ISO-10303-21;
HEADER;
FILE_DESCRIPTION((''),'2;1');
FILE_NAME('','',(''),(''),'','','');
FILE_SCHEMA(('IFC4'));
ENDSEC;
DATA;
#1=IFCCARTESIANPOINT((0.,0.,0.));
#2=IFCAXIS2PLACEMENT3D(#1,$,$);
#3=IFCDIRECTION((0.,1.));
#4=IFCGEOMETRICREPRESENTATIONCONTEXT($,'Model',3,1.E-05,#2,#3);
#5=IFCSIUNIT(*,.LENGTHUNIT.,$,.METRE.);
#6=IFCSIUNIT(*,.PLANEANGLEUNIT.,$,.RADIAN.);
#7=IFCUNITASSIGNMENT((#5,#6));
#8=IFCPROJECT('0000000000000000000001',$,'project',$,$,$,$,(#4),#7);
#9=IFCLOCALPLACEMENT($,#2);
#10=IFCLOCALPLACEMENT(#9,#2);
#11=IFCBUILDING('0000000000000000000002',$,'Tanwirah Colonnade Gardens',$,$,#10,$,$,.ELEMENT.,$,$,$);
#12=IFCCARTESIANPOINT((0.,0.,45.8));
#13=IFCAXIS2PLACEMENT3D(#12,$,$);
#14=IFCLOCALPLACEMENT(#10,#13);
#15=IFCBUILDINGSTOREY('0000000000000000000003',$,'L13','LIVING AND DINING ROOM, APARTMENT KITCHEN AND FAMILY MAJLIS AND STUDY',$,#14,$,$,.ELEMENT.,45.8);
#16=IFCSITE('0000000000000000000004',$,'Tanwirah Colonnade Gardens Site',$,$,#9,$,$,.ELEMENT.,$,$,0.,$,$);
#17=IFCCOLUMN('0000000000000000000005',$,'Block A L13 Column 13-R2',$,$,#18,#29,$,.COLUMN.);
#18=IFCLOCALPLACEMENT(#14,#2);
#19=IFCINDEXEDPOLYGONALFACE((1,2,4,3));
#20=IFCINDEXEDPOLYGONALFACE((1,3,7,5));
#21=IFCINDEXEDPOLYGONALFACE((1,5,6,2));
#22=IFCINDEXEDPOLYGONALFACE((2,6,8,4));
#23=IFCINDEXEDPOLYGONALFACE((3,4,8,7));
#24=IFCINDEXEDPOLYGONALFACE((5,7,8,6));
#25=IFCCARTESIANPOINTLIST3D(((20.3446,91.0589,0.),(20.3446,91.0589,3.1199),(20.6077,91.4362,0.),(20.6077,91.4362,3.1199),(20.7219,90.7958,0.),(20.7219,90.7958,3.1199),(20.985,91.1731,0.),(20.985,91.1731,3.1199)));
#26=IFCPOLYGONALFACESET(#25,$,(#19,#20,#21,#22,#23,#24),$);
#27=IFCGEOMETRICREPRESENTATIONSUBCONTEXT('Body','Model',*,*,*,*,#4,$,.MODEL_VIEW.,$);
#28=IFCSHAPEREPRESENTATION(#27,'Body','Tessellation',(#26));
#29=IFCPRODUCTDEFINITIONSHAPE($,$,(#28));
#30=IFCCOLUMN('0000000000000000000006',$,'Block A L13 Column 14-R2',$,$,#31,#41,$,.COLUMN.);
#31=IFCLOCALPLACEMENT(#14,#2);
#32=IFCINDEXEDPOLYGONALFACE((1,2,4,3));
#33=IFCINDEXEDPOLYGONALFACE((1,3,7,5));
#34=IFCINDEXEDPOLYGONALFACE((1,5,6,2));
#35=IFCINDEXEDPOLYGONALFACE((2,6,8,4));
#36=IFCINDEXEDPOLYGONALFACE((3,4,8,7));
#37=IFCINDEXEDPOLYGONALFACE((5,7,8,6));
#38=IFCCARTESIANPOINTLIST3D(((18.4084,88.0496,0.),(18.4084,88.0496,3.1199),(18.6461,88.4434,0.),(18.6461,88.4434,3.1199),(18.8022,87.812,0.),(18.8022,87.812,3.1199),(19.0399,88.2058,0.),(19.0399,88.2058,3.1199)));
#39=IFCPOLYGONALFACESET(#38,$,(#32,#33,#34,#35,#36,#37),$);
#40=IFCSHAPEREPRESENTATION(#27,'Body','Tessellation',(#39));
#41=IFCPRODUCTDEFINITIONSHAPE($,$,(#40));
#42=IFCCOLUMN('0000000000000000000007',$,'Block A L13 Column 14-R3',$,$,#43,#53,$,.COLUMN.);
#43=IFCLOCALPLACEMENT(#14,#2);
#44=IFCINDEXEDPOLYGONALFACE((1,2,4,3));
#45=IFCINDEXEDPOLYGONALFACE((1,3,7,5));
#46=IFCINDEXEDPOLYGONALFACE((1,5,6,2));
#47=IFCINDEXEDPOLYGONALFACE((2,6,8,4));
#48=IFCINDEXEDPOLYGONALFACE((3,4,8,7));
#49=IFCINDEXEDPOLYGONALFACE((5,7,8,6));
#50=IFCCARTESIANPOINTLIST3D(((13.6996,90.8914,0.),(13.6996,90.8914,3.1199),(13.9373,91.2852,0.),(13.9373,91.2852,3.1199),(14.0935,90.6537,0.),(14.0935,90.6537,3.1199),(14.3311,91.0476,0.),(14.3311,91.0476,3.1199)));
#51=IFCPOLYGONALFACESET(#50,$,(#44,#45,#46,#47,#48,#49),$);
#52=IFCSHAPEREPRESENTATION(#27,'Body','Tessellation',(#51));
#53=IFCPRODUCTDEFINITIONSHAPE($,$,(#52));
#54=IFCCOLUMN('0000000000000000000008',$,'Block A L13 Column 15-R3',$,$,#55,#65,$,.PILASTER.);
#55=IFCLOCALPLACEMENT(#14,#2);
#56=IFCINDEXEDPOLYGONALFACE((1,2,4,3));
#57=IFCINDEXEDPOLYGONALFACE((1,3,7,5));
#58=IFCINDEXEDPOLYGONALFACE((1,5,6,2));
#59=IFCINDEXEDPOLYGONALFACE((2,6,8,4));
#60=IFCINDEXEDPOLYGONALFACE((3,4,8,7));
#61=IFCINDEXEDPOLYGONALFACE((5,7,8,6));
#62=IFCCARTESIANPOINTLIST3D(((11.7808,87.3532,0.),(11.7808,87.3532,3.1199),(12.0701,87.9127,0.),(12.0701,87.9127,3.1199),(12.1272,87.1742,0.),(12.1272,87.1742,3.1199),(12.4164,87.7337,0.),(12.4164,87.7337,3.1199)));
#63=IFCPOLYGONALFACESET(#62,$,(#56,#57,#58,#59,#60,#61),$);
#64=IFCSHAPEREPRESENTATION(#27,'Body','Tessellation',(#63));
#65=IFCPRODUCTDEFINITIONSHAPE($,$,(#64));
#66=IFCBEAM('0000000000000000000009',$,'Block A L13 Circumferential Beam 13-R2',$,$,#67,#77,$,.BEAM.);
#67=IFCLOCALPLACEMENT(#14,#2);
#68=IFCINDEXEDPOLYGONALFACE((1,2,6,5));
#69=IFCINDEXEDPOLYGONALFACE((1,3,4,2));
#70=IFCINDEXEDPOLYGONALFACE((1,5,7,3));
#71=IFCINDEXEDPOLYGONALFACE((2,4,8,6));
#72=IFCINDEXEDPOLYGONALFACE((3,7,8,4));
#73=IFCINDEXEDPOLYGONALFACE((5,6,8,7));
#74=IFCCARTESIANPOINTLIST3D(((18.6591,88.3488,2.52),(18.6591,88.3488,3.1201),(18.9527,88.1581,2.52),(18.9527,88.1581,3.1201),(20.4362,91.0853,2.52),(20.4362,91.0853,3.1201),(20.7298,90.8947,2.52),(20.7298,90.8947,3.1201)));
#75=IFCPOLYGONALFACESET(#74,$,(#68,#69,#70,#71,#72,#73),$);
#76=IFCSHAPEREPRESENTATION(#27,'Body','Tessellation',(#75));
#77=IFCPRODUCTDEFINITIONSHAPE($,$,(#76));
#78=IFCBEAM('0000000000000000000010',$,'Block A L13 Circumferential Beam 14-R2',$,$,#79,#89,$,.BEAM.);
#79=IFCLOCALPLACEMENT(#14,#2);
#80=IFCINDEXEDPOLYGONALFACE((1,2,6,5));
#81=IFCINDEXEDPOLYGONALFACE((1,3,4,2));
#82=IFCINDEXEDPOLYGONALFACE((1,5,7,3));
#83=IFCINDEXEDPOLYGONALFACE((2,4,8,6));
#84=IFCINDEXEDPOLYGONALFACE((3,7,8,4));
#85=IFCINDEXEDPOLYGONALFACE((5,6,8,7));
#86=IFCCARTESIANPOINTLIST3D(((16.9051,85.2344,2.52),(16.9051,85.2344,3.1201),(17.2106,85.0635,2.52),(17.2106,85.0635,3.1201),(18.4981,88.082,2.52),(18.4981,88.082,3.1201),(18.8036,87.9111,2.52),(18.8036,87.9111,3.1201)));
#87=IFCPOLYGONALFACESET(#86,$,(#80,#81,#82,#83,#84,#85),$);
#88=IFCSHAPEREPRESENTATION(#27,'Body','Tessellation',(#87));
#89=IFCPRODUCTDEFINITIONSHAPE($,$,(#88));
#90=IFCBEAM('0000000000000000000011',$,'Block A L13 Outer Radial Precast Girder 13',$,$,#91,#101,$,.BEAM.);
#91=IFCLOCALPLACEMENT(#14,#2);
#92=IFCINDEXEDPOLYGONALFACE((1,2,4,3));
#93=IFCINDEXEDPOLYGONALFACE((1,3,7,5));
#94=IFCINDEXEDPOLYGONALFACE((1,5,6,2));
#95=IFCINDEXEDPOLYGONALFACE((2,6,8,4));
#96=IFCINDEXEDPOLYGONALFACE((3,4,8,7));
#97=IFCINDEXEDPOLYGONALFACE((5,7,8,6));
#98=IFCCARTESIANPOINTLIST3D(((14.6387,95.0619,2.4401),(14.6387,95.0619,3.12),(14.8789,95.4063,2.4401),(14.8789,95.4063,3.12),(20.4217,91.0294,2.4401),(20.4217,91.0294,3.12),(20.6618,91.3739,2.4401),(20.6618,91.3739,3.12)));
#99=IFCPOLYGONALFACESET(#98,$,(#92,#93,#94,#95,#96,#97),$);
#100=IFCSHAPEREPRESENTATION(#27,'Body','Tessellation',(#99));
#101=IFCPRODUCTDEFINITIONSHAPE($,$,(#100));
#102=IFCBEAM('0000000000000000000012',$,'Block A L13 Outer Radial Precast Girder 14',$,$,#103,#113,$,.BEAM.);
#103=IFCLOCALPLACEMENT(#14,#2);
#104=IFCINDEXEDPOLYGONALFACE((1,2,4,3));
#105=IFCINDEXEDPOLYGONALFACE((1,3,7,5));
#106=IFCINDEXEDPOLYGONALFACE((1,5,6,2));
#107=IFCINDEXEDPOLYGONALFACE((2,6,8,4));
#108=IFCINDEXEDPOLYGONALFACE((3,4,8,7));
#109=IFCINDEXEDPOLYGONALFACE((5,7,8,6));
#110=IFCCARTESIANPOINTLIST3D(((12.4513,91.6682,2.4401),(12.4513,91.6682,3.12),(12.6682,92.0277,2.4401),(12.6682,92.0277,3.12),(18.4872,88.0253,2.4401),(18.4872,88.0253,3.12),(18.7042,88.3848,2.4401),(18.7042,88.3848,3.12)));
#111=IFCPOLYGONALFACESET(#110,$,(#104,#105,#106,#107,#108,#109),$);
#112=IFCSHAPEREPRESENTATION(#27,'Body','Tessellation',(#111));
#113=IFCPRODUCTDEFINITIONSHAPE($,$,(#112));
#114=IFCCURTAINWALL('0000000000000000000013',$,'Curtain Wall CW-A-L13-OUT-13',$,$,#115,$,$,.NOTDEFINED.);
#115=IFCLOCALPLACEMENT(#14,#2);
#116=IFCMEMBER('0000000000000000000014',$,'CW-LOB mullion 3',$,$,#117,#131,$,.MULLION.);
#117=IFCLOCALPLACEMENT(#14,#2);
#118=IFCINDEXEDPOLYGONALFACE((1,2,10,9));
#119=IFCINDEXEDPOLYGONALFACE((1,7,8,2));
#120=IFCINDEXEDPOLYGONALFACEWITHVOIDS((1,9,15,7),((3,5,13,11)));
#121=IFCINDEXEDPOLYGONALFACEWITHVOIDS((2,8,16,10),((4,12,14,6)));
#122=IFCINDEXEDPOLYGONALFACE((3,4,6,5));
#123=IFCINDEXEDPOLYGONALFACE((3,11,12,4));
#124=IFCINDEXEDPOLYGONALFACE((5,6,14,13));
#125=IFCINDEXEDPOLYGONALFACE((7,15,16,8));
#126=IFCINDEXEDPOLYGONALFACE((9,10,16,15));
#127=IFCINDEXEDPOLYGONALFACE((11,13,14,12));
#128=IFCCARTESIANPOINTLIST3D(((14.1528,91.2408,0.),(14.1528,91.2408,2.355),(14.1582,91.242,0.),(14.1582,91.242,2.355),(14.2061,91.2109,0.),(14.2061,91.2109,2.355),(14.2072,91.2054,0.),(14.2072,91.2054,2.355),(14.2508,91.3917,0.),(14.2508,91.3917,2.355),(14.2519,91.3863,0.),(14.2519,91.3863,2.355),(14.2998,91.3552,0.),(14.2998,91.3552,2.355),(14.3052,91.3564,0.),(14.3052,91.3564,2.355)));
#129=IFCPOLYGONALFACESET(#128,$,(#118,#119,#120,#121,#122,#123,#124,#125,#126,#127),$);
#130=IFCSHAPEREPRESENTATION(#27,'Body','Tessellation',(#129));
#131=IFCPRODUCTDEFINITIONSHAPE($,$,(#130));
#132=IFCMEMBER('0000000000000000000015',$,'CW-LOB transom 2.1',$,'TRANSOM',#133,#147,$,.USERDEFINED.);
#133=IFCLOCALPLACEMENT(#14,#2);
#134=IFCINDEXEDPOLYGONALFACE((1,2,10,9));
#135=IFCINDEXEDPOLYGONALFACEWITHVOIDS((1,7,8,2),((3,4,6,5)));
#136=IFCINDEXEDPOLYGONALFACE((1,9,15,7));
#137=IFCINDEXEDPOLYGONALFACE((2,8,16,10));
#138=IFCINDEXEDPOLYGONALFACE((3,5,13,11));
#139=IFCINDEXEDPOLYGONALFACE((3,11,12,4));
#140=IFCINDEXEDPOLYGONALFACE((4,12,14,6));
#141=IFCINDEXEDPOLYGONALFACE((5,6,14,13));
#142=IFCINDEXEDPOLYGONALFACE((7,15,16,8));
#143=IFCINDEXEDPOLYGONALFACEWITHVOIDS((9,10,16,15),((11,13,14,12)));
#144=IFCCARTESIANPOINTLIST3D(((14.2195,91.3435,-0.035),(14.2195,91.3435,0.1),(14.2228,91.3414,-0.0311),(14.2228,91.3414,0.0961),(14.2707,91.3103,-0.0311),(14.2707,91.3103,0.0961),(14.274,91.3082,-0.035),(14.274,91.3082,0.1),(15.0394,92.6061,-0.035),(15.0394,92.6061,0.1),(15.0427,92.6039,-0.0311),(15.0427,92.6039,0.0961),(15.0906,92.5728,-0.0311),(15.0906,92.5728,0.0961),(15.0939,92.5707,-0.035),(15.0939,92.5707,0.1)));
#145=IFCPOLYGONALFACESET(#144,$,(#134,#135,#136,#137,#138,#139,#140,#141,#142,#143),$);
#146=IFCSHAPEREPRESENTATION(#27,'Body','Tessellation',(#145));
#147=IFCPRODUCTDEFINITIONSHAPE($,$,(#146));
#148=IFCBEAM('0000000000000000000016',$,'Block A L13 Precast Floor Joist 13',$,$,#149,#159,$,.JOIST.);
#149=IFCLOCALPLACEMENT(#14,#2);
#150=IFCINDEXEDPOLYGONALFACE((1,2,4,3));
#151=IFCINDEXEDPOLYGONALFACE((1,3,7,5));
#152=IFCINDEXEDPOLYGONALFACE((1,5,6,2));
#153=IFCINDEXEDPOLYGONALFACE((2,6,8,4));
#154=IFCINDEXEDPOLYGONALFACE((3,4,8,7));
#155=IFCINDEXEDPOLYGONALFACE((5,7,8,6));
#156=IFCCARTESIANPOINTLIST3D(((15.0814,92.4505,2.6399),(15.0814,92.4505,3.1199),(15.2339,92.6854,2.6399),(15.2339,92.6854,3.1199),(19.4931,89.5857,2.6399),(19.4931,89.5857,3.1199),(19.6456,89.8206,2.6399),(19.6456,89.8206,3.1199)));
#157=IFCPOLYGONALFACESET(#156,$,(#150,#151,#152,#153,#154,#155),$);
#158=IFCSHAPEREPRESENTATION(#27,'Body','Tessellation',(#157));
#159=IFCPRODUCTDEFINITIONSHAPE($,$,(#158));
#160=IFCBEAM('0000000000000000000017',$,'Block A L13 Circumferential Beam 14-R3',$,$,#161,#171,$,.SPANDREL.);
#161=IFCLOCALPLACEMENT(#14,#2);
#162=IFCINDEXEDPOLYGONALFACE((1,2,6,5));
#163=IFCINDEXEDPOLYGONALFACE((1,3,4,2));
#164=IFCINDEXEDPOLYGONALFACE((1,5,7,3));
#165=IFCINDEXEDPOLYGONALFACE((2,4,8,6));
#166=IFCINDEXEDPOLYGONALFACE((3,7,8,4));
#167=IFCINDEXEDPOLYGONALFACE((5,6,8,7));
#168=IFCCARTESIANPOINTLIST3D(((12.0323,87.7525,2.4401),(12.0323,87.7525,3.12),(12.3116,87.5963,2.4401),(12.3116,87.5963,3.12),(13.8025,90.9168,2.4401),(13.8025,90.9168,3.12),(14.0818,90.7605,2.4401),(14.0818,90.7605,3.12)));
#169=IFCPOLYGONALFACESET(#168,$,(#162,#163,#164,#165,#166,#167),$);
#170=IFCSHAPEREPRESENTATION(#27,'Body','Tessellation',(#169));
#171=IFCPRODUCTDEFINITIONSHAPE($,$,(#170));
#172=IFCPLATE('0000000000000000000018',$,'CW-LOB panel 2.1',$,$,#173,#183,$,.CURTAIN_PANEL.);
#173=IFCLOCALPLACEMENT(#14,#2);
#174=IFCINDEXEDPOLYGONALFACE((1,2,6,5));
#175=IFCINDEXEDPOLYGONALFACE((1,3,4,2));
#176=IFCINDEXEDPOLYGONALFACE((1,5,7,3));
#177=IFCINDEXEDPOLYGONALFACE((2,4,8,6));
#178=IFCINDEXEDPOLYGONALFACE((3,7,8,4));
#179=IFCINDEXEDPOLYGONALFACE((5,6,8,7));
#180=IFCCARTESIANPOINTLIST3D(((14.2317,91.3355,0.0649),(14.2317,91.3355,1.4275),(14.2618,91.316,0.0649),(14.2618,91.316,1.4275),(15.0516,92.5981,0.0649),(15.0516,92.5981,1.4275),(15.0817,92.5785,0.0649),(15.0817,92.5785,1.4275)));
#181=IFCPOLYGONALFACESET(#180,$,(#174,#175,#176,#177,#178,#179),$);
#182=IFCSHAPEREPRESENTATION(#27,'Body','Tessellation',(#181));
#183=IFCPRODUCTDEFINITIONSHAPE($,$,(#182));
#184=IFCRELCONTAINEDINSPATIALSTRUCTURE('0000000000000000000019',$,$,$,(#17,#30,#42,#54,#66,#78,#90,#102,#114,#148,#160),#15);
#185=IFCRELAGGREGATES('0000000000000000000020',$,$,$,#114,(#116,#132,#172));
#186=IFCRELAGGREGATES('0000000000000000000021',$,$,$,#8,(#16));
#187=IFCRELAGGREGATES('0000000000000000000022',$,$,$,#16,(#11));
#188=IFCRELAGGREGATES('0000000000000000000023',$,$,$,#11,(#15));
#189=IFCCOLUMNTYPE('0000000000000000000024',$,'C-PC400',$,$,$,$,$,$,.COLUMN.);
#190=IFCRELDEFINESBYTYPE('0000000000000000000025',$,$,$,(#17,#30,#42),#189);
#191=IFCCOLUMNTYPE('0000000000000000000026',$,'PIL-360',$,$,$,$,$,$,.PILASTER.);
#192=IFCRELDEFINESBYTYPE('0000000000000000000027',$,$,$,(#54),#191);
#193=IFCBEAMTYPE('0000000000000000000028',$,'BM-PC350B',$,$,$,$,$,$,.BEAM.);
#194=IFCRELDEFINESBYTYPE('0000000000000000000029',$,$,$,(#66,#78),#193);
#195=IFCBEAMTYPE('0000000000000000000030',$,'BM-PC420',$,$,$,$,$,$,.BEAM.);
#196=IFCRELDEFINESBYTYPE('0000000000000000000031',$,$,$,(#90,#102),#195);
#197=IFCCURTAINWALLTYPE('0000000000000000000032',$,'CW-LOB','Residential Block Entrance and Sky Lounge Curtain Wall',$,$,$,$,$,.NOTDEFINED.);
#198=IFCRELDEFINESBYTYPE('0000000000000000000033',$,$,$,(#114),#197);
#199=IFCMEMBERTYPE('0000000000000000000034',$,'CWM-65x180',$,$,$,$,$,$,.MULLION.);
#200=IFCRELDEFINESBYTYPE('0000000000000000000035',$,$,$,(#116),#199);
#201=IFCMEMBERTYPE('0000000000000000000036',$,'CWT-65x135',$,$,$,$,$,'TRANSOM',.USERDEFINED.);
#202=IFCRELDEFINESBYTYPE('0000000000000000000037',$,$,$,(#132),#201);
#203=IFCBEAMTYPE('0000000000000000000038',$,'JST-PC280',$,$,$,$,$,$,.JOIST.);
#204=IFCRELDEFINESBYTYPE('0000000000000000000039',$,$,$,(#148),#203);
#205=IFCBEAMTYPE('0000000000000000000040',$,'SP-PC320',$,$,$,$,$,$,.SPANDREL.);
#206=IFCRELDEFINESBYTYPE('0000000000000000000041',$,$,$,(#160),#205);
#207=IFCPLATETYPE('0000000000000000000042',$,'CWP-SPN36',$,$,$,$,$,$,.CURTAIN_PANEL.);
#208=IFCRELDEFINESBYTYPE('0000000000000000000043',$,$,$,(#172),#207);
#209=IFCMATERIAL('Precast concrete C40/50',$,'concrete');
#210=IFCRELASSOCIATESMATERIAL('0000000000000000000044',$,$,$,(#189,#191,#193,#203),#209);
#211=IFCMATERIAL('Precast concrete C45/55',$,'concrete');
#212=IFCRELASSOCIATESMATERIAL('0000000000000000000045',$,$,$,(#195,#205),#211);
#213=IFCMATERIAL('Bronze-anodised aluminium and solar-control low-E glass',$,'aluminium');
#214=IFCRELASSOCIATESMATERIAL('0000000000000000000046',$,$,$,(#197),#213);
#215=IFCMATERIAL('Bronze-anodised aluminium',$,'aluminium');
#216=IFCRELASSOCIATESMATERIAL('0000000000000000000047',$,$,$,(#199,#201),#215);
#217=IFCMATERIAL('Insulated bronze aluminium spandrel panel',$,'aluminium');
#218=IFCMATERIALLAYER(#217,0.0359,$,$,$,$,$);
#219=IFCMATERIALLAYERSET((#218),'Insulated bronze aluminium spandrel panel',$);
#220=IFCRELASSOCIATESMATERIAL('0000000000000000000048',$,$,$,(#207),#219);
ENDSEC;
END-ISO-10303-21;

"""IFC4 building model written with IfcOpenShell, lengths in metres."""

from ifc_helpers import new_model, si_unit, direction, frame, origin, origin_2d, place, context, subcontext, project, spatial, rectangle, hollow_rectangle, extrude, material, layer, layer_set, material_profile, profile_set, type_object, element, aggregate, save


model = new_model("IFC4")

# Units and contexts
model_context = context("Model", 3, precision=1e-05, world=origin(), true_north=direction((0.0, 1.0)))
body_context = subcontext(model_context, "Body", "Model", "MODEL_VIEW")
ifc_project = project(units=[si_unit("LENGTHUNIT", "METRE"), si_unit("PLANEANGLEUNIT", "RADIAN")], contexts=[model_context])

# Site, building, storey
site_placement = place(None, origin())
site = spatial("IfcSite", under=ifc_project, at=site_placement, Name="Tanwirah Colonnade Gardens Site", CompositionType="ELEMENT", RefElevation=0.0)
building_placement = place(site_placement, origin())
building = spatial("IfcBuilding", under=site, at=building_placement, Name="Tanwirah Colonnade Gardens", CompositionType="ELEMENT")
storey_placement = place(building_placement, frame((0.0, 0.0, 45.8)))
storey = spatial("IfcBuildingStorey", under=building, at=storey_placement, Name="L13", Description="LIVING AND DINING ROOM, APARTMENT KITCHEN AND FAMILY MAJLIS AND STUDY", CompositionType="ELEMENT", Elevation=45.8)

# Columns
ifc_material_1 = material(Name="Precast concrete C40/50", Category="concrete")
ifc_material_profile_1 = material_profile(ifc_material_1, rectangle(XDim=0.46, YDim=0.46, at=origin_2d()), Name="PC-COL 460x460")
ifc_profile_set_1 = profile_set([ifc_material_profile_1], Name="Precast concrete C40/50")
column_type_1 = type_object("IfcColumnType", Name="C-PC400", PredefinedType="COLUMN", material=ifc_profile_set_1)
for number, where, z_axis, x_axis, name in (
    (1, (20.6648, 91.116, 0.0), (0.0, 0.0, 1.0), (-0.820263, 0.571987, 0.0), "Block A L13 Column 13-R2"),
    (2, (18.7241, 88.1277, 0.0), (0.0, 0.0, 1.0), (-0.856167, 0.516699, 0.0), "Block A L13 Column 14-R2"),
    (3, (14.0154, 90.9695, 0.0), (0.0, 0.0, 1.0), (-0.856167, 0.516699, 0.0), "Block A L13 Column 14-R3"),
):
    element("IfcColumn", number, at=place(storey_placement, frame(where, z_axis=z_axis, x_axis=x_axis)), inside=storey, type_object=column_type_1, Name=name, PredefinedType="COLUMN", context=body_context, shape_type="SweptSolid", body=[
        extrude(rectangle(XDim=0.46, YDim=0.46, at=origin_2d()), origin(), (0.0, 0.0, 1.0), 3.1199),
    ])
ifc_material_profile_2 = material_profile(ifc_material_1, rectangle(XDim=0.3899, YDim=0.6299, at=origin_2d()), Name="PC-PIL 390x630")
ifc_profile_set_2 = profile_set([ifc_material_profile_2], Name="Precast concrete C40/50")
column_type_2 = type_object("IfcColumnType", Name="PIL-360", PredefinedType="PILASTER", material=ifc_profile_set_2)
column_placement = place(storey_placement, frame((12.0986, 87.5435, 0.0), z_axis=(0.0, 0.0, 1.0), x_axis=(-0.88835, 0.459166, 0.0)))
element("IfcColumn", 4, at=column_placement, inside=storey, type_object=column_type_2, Name="Block A L13 Column 15-R3", PredefinedType="PILASTER", context=body_context, shape_type="SweptSolid", body=[
    extrude(rectangle(XDim=0.3899, YDim=0.6299, at=origin_2d()), origin(), (0.0, 0.0, 1.0), 3.1199),
])

# Beams
ifc_material_profile_3 = material_profile(ifc_material_1, rectangle(XDim=0.3501, YDim=0.6001, at=origin_2d()), Name="PC-BM 350x600")
ifc_profile_set_3 = profile_set([ifc_material_profile_3], Name="Precast concrete C40/50")
beam_type_1 = type_object("IfcBeamType", Name="BM-PC350B", PredefinedType="BEAM", material=ifc_profile_set_3)
for number, where, z_axis, x_axis, name in (
    (5, (20.583, 90.99, 2.8201), (-0.544628, -0.838678, 0.0), (0.838678, -0.544628, 0.0), "Block A L13 Circumferential Beam 13-R2"),
    (6, (18.6509, 87.9966, 2.8201), (-0.488214, -0.872724, 0.0), (0.872724, -0.488214, 0.0), "Block A L13 Circumferential Beam 14-R2"),
):
    element("IfcBeam", number, at=place(storey_placement, frame(where, z_axis=z_axis, x_axis=x_axis)), inside=storey, type_object=beam_type_1, Name=name, PredefinedType="BEAM", context=body_context, shape_type="SweptSolid", body=[
        extrude(rectangle(XDim=0.3501, YDim=0.6001, at=origin_2d()), origin(), (0.0, 0.0, 1.0), 3.2629),
    ])
ifc_material_2 = material(Name="Precast concrete C45/55", Category="concrete")
ifc_material_profile_4 = material_profile(ifc_material_2, rectangle(XDim=0.4199, YDim=0.6799, at=origin_2d()), Name="PC-BM 420x680")
ifc_profile_set_4 = profile_set([ifc_material_profile_4], Name="Precast concrete C45/55")
beam_type_2 = type_object("IfcBeamType", Name="BM-PC420", PredefinedType="BEAM", material=ifc_profile_set_4)
for number, where, z_axis, x_axis, name in (
    (7, (20.5417, 91.2017, 2.78), (-0.82027, 0.571976, 0.0), (-0.571976, -0.82027, 0.0), "Block A L13 Outer Radial Precast Girder 13"),
    (8, (18.5957, 88.2051, 2.78), (-0.856158, 0.516714, 0.0), (-0.516714, -0.856158, 0.0), "Block A L13 Outer Radial Precast Girder 14"),
):
    element("IfcBeam", number, at=place(storey_placement, frame(where, z_axis=z_axis, x_axis=x_axis)), inside=storey, type_object=beam_type_2, Name=name, PredefinedType="BEAM", context=body_context, shape_type="SweptSolid", body=[
        extrude(rectangle(XDim=0.4199, YDim=0.6799, at=origin_2d()), origin(), (0.0, 0.0, 1.0), 7.05),
    ])

# Curtain wall, members
ifc_material_3 = material(Name="Bronze-anodised aluminium and solar-control low-E glass", Category="aluminium")
curtain_wall_type = type_object("IfcCurtainWallType", Name="CW-LOB", Description="Residential Block Entrance and Sky Lounge Curtain Wall", PredefinedType="NOTDEFINED", material=ifc_material_3)
curtain_wall_placement = place(storey_placement, origin())
curtain_wall = element("IfcCurtainWall", 9, at=curtain_wall_placement, inside=storey, type_object=curtain_wall_type, Name="Curtain Wall CW-A-L13-OUT-13", PredefinedType="NOTDEFINED")
ifc_material_4 = material(Name="Bronze-anodised aluminium", Category="aluminium")
ifc_material_profile_5 = material_profile(ifc_material_4, hollow_rectangle(XDim=0.0649, YDim=0.1799, WallThickness=0.0039, at=origin_2d()), Name="CW-MUL 65x180x4")
ifc_profile_set_5 = profile_set([ifc_material_profile_5], Name="Bronze-anodised aluminium")
member_type_1 = type_object("IfcMemberType", Name="CWM-65x180", PredefinedType="MULLION", material=ifc_profile_set_5)
member_1_placement = place(storey_placement, frame((14.229, 91.2986, 0.0), z_axis=(0.0, 0.0, 1.0), x_axis=(0.83867, -0.54464, 0.0)))
member_1 = element("IfcMember", 10, at=member_1_placement, type_object=member_type_1, Name="CW-LOB mullion 3", PredefinedType="MULLION", context=body_context, shape_type="SweptSolid", body=[
    extrude(hollow_rectangle(XDim=0.0649, YDim=0.1799, WallThickness=0.0039, at=origin_2d()), origin(), (0.0, 0.0, 1.0), 2.355),
])
ifc_material_profile_6 = material_profile(ifc_material_4, hollow_rectangle(XDim=0.0649, YDim=0.135, WallThickness=0.0039, at=origin_2d()), Name="CW-TRN 65x135x4")
ifc_profile_set_6 = profile_set([ifc_material_profile_6], Name="Bronze-anodised aluminium")
member_type_2 = type_object("IfcMemberType", Name="CWT-65x135", ElementType="TRANSOM", PredefinedType="USERDEFINED", material=ifc_profile_set_6)
member_2_placement = place(storey_placement, frame((15.0667, 92.5884, 0.0325), z_axis=(-0.544629, -0.838677, 0.0), x_axis=(0.838677, -0.544629, 0.0)))
member_2 = element("IfcMember", 11, at=member_2_placement, type_object=member_type_2, Name="CW-LOB transom 2.1", ObjectType="TRANSOM", PredefinedType="USERDEFINED", context=body_context, shape_type="SweptSolid", body=[
    extrude(hollow_rectangle(XDim=0.0649, YDim=0.135, WallThickness=0.0039, at=origin_2d()), origin(), (0.0, 0.0, 1.0), 1.5054),
])

# Beams
ifc_material_profile_7 = material_profile(ifc_material_1, rectangle(XDim=0.28, YDim=0.48, at=origin_2d()), Name="PC-JST 280x480")
ifc_profile_set_7 = profile_set([ifc_material_profile_7], Name="Precast concrete C40/50")
beam_type_3 = type_object("IfcBeamType", Name="JST-PC280", PredefinedType="JOIST", material=ifc_profile_set_7)
beam_1_placement = place(storey_placement, frame((19.5693, 89.7031, 2.8799), z_axis=(-0.838687, 0.544613, 0.0), x_axis=(-0.544613, -0.838687, 0.0)))
element("IfcBeam", 12, at=beam_1_placement, inside=storey, type_object=beam_type_3, Name="Block A L13 Precast Floor Joist 13", PredefinedType="JOIST", context=body_context, shape_type="SweptSolid", body=[
    extrude(rectangle(XDim=0.28, YDim=0.48, at=origin_2d()), origin(), (0.0, 0.0, 1.0), 5.2603),
])
ifc_material_profile_8 = material_profile(ifc_material_2, rectangle(XDim=0.3201, YDim=0.6799, at=origin_2d()), Name="PC-SP 320x680")
ifc_profile_set_8 = profile_set([ifc_material_profile_8], Name="Precast concrete C45/55")
beam_type_4 = type_object("IfcBeamType", Name="SP-PC320", PredefinedType="SPANDREL", material=ifc_profile_set_8)
beam_2_placement = place(storey_placement, frame((13.9421, 90.8386, 2.78), z_axis=(-0.488236, -0.872711, 0.0), x_axis=(0.872711, -0.488236, 0.0)))
element("IfcBeam", 13, at=beam_2_placement, inside=storey, type_object=beam_type_4, Name="Block A L13 Circumferential Beam 14-R3", PredefinedType="SPANDREL", context=body_context, shape_type="SweptSolid", body=[
    extrude(rectangle(XDim=0.3201, YDim=0.6799, at=origin_2d()), origin(), (0.0, 0.0, 1.0), 3.6257),
])

# Plate
ifc_material_5 = material(Name="Insulated bronze aluminium spandrel panel", Category="aluminium")
ifc_layer_1 = layer(ifc_material_5, 0.0359)
ifc_layer_set_1 = layer_set([ifc_layer_1], Name="Insulated bronze aluminium spandrel panel")
plate_type = type_object("IfcPlateType", Name="CWP-SPN36", PredefinedType="CURTAIN_PANEL", material=ifc_layer_set_1)
plate_1_placement = place(storey_placement, frame((14.6567, 91.957, 0.0649), z_axis=(0.0, 0.0, 1.0), x_axis=(-0.54464, -0.83867, 0.0)))
plate_1 = element("IfcPlate", 14, at=plate_1_placement, type_object=plate_type, Name="CW-LOB panel 2.1", PredefinedType="CURTAIN_PANEL", context=body_context, shape_type="SweptSolid", body=[
    extrude(rectangle(XDim=1.5054, YDim=0.0359, at=origin_2d()), origin(), (0.0, 0.0, 1.0), 1.3625),
])
aggregate(curtain_wall, [member_1, member_2, plate_1])

save(model, "model.ifc")
